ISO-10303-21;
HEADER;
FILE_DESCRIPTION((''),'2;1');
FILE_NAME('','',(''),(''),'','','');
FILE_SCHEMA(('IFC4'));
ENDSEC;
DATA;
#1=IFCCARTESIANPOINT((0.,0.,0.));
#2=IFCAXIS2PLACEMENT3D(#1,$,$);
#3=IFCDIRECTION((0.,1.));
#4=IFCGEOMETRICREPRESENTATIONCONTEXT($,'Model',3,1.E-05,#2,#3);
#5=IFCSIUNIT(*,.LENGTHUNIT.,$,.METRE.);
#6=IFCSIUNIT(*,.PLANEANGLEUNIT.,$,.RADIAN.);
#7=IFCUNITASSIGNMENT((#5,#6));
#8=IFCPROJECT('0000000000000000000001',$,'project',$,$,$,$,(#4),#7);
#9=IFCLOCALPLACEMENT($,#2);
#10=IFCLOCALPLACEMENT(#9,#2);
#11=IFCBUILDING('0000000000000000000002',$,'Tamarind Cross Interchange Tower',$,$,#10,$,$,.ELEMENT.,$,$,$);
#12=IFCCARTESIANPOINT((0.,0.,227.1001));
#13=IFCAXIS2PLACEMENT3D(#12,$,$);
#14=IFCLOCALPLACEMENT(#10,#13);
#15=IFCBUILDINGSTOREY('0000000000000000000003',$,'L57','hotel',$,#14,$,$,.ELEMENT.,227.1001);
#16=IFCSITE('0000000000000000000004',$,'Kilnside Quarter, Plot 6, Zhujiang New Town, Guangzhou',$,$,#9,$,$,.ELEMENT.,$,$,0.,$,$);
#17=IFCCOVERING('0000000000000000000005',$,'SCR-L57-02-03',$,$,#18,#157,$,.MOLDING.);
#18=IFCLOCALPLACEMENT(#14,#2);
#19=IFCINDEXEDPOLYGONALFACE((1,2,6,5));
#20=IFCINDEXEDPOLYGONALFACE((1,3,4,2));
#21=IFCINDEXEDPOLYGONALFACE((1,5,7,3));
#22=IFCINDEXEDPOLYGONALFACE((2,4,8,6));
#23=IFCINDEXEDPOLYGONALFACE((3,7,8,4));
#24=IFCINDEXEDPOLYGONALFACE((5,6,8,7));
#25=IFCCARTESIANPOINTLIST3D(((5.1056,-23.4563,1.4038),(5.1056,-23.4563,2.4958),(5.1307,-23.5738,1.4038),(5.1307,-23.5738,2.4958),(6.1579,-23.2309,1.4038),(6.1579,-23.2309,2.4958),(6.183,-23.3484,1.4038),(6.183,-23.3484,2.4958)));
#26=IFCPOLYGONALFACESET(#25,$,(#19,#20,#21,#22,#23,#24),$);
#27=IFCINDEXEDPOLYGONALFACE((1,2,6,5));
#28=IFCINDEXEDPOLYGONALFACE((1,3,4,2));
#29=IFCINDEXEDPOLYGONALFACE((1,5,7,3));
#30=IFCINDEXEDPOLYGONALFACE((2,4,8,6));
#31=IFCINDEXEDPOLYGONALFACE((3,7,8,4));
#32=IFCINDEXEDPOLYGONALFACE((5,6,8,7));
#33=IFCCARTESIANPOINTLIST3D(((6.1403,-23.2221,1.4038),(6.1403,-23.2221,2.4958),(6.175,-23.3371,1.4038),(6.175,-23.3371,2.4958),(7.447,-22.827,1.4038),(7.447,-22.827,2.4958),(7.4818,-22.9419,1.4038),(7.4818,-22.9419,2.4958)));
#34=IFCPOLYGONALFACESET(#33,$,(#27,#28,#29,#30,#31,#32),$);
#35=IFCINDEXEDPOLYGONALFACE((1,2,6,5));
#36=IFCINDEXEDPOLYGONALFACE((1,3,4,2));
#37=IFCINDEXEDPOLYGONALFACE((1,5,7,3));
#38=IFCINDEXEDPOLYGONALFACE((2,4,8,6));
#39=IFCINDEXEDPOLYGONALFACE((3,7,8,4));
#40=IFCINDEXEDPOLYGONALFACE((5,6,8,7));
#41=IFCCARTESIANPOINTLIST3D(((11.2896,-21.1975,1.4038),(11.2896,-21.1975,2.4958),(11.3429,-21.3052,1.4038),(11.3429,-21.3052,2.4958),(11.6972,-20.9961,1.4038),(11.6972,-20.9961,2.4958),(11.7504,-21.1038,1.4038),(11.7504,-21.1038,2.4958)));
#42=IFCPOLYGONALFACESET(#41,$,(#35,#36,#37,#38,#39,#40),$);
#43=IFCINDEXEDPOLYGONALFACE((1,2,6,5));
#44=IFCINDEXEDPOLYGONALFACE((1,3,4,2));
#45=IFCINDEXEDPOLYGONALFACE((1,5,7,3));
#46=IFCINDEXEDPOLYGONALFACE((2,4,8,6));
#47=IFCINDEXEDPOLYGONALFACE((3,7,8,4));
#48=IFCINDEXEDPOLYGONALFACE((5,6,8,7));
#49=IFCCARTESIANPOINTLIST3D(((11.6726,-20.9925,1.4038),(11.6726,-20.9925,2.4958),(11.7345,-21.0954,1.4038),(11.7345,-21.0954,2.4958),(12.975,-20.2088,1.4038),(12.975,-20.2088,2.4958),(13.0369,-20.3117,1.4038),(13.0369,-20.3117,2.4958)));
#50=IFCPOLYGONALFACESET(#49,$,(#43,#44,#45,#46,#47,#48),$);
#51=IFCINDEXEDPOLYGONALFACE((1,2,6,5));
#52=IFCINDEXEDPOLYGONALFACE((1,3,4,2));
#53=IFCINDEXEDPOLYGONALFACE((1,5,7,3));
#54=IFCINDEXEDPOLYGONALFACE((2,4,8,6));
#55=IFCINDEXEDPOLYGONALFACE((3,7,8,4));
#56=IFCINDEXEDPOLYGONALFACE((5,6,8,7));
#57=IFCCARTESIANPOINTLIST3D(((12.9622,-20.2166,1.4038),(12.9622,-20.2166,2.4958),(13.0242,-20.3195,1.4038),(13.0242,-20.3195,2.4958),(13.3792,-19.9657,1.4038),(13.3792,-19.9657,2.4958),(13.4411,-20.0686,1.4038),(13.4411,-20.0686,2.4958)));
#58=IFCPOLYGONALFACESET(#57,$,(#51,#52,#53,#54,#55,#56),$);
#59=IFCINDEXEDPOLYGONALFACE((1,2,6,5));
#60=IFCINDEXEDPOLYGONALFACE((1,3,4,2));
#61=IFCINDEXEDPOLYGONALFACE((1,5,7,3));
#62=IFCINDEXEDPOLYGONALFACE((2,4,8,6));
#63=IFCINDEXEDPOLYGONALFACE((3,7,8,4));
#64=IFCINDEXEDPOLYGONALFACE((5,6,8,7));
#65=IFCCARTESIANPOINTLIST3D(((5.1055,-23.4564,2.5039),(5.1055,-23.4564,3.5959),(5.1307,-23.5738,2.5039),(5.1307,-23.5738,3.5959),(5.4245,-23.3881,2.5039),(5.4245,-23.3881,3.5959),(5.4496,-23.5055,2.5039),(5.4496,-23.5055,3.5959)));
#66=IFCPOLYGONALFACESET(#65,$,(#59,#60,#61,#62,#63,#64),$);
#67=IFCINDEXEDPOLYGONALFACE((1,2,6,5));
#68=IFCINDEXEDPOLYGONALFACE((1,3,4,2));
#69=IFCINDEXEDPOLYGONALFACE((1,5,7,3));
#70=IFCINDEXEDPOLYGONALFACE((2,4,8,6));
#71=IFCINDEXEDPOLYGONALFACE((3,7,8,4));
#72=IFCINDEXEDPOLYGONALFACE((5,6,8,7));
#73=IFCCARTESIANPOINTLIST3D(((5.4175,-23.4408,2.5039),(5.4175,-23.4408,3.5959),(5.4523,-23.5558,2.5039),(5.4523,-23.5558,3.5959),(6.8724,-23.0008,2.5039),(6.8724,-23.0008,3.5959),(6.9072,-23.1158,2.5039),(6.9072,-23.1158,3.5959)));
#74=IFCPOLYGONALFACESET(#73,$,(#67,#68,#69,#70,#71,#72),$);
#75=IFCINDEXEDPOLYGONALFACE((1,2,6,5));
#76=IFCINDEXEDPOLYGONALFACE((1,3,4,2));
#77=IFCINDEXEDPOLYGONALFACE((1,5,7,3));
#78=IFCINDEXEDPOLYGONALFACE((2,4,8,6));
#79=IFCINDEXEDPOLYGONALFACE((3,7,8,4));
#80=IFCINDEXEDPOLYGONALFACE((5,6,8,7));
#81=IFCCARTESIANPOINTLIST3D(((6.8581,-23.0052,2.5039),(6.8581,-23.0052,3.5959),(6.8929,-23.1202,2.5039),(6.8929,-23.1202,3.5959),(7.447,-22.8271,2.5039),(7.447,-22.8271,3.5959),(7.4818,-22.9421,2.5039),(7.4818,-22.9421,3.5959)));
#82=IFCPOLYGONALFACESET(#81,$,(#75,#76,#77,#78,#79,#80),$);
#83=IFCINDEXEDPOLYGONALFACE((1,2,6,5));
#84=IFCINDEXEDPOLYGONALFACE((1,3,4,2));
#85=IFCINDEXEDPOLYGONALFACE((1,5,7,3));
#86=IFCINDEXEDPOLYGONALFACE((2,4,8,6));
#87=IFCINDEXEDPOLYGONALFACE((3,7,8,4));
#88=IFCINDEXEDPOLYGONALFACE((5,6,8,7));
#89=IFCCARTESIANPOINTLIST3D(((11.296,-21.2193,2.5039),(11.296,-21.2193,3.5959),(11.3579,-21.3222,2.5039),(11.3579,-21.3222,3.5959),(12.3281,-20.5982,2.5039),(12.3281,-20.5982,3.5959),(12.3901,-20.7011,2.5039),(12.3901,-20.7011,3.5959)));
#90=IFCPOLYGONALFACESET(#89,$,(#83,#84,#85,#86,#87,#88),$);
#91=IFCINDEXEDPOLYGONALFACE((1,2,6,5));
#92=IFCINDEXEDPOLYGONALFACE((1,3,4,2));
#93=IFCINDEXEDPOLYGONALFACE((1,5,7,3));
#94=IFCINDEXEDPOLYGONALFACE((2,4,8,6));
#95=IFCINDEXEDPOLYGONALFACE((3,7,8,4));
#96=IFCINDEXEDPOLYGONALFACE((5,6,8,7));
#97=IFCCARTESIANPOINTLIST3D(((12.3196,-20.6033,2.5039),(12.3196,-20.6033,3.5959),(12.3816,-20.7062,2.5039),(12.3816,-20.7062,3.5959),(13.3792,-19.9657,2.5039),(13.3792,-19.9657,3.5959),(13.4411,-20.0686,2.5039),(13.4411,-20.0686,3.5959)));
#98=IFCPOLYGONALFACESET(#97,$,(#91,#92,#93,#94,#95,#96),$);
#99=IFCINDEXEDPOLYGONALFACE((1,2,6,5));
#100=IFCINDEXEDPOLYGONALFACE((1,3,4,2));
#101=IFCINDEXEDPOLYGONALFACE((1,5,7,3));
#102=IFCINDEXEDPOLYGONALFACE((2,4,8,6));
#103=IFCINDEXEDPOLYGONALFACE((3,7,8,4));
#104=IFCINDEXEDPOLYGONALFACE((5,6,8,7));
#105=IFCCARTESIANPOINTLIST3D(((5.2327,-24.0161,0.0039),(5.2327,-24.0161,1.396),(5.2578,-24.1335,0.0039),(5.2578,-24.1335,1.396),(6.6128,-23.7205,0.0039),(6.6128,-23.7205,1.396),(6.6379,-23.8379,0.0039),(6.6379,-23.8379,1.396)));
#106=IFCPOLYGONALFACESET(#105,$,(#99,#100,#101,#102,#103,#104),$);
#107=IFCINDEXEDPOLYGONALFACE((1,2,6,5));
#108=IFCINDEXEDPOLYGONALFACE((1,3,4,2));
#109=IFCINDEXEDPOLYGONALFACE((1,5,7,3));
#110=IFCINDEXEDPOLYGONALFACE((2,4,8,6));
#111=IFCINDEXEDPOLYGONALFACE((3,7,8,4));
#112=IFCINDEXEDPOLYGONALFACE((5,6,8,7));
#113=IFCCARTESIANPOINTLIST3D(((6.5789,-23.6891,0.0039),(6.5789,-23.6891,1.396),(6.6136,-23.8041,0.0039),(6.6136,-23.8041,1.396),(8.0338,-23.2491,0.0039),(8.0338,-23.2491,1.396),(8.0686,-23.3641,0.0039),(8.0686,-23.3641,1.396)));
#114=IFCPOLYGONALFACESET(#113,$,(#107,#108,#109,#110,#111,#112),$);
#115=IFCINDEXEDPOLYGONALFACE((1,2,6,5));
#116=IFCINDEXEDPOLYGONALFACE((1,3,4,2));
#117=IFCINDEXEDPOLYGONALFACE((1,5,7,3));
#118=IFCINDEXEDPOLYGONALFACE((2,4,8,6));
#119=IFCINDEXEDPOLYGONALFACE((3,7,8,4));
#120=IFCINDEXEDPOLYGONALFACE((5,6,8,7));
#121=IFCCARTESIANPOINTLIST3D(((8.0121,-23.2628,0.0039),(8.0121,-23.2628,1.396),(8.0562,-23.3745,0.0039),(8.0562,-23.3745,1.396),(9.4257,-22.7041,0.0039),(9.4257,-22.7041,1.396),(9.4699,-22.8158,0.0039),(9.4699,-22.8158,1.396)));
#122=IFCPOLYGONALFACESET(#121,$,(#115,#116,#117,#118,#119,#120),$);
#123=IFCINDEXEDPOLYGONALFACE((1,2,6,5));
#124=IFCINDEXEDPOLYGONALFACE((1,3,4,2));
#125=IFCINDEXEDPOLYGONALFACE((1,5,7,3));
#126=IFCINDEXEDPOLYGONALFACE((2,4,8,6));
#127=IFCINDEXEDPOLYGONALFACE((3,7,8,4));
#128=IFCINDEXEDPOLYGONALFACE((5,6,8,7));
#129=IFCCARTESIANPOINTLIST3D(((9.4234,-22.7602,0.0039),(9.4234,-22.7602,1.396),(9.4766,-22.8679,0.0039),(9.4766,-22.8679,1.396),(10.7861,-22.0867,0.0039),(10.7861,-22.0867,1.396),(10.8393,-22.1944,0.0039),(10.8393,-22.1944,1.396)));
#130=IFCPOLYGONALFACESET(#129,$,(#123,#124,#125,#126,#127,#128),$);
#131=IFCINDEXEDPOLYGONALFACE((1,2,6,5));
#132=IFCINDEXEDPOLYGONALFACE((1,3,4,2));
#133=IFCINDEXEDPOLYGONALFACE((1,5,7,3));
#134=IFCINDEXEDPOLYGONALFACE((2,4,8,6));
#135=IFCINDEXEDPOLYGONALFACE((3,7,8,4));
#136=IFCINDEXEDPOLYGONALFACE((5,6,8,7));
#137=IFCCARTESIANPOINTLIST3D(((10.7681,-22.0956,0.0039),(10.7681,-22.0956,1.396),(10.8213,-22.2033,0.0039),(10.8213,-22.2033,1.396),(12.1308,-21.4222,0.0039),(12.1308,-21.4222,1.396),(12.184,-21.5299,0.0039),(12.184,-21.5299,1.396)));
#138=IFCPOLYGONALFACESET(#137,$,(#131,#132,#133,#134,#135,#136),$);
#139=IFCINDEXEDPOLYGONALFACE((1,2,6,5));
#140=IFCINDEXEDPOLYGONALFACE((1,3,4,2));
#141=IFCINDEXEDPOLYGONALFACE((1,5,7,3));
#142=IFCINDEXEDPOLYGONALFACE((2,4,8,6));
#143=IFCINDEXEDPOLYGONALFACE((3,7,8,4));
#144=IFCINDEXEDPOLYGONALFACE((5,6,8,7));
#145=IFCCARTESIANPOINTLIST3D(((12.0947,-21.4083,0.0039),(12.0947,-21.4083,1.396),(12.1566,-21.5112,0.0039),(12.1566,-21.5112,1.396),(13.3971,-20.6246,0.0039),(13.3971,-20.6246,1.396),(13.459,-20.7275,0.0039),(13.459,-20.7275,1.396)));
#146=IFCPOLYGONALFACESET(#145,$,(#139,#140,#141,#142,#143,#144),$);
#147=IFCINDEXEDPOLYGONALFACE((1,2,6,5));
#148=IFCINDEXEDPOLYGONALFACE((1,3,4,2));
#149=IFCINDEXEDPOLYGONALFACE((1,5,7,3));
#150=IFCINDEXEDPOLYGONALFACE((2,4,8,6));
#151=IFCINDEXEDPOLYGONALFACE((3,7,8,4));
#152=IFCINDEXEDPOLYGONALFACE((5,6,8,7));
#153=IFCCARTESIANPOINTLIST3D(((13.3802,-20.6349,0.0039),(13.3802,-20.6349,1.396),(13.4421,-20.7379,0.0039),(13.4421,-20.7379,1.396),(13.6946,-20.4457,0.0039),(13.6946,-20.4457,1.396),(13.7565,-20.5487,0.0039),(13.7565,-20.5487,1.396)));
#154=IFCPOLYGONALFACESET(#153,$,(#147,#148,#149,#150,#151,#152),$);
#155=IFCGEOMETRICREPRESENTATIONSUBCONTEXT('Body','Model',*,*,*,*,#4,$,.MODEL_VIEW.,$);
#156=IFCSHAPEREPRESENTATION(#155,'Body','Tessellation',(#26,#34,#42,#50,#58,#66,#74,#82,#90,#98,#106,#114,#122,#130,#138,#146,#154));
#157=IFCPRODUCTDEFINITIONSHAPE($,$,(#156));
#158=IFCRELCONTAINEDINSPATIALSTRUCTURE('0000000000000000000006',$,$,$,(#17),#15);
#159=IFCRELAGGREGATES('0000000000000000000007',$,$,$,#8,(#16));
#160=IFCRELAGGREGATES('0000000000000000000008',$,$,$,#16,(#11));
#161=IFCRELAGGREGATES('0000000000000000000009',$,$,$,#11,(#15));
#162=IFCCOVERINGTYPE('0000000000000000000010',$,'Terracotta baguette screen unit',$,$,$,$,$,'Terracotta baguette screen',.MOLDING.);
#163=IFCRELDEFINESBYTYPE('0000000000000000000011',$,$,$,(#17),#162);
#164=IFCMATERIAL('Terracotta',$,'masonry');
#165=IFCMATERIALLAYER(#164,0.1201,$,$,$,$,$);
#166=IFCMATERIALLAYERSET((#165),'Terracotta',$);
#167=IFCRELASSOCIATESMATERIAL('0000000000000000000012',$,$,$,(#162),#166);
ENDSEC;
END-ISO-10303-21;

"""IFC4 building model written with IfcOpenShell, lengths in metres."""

from ifc_helpers import new_model, si_unit, direction, frame, origin, origin_2d, place, context, subcontext, project, spatial, rectangle, extrude, material, layer, layer_set, type_object, element, save


model = new_model("IFC4")

# Units and contexts
model_context = context("Model", 3, precision=1e-05, world=origin(), true_north=direction((0.0, 1.0)))
body_context = subcontext(model_context, "Body", "Model", "MODEL_VIEW")
ifc_project = project(units=[si_unit("LENGTHUNIT", "METRE"), si_unit("PLANEANGLEUNIT", "RADIAN")], contexts=[model_context])

# Site, building, storey
site_placement = place(None, origin())
site = spatial("IfcSite", under=ifc_project, at=site_placement, Name="Kilnside Quarter, Plot 6, Zhujiang New Town, Guangzhou", CompositionType="ELEMENT", RefElevation=0.0)
building_placement = place(site_placement, origin())
building = spatial("IfcBuilding", under=site, at=building_placement, Name="Tamarind Cross Interchange Tower", CompositionType="ELEMENT")
storey_placement = place(building_placement, frame((0.0, 0.0, 227.1001)))
storey = spatial("IfcBuildingStorey", under=building, at=storey_placement, Name="L57", Description="hotel", CompositionType="ELEMENT", Elevation=227.1001)

# Covering
ifc_material_1 = material(Name="Terracotta", Category="masonry")
ifc_layer_1 = layer(ifc_material_1, 0.1201)
ifc_layer_set_1 = layer_set([ifc_layer_1], Name="Terracotta")
covering_type = type_object("IfcCoveringType", Name="Terracotta baguette screen unit", ElementType="Terracotta baguette screen", PredefinedType="MOLDING", material=ifc_layer_set_1)
covering_1_placement = place(storey_placement, origin())
element("IfcCovering", 1, at=covering_1_placement, inside=storey, type_object=covering_type, Name="SCR-L57-02-03", PredefinedType="MOLDING", context=body_context, shape_type="SweptSolid", body=[
    extrude(rectangle(XDim=1.0762, YDim=0.1201, at=origin_2d()), frame((5.6443, -23.4023, 1.4038), z_axis=(0.0, 0.0, 1.0), x_axis=(0.977825, 0.209425, 0.0)), (0.0, 0.0, 1.0), 1.092),
    extrude(rectangle(XDim=1.3652, YDim=0.1201, at=origin_2d()), frame((6.811, -23.082, 1.4038), z_axis=(0.0, 0.0, 1.0), x_axis=(0.957191, 0.289458, 0.0)), (0.0, 0.0, 1.0), 1.092),
    extrude(rectangle(XDim=0.4546, YDim=0.1201, at=origin_2d()), frame((11.52, -21.1506, 1.4038), z_axis=(0.0, 0.0, 1.0), x_axis=(0.896493, 0.443059, 0.0)), (0.0, 0.0, 1.0), 1.092),
    extrude(rectangle(XDim=1.52, YDim=0.1201, at=origin_2d()), frame((12.3547, -20.6521, 1.4038), z_axis=(0.0, 0.0, 1.0), x_axis=(0.856843, 0.515577, 0.0)), (0.0, 0.0, 1.0), 1.092),
    extrude(rectangle(XDim=0.4866, YDim=0.1201, at=origin_2d()), frame((13.2017, -20.1426, 1.4038), z_axis=(0.0, 0.0, 1.0), x_axis=(0.856843, 0.515577, 0.0)), (0.0, 0.0, 1.0), 1.092),
    extrude(rectangle(XDim=0.3262, YDim=0.1201, at=origin_2d()), frame((5.2776, -23.481, 2.5039), z_axis=(0.0, 0.0, 1.0), x_axis=(0.977825, 0.209425, 0.0)), (0.0, 0.0, 1.0), 1.092),
    extrude(rectangle(XDim=1.52, YDim=0.1201, at=origin_2d()), frame((6.1624, -23.2783, 2.5039), z_axis=(0.0, 0.0, 1.0), x_axis=(0.957191, 0.289458, 0.0)), (0.0, 0.0, 1.0), 1.092),
    extrude(rectangle(XDim=0.6152, YDim=0.1201, at=origin_2d()), frame((7.1699, -22.9736, 2.5039), z_axis=(0.0, 0.0, 1.0), x_axis=(0.957191, 0.289458, 0.0)), (0.0, 0.0, 1.0), 1.092),
    extrude(rectangle(XDim=1.2046, YDim=0.1201, at=origin_2d()), frame((11.843, -20.9602, 2.5039), z_axis=(0.0, 0.0, 1.0), x_axis=(0.856843, 0.515577, 0.0)), (0.0, 0.0, 1.0), 1.092),
    extrude(rectangle(XDim=1.2366, YDim=0.1201, at=origin_2d()), frame((12.8804, -20.3359, 2.5039), z_axis=(0.0, 0.0, 1.0), x_axis=(0.856843, 0.515577, 0.0)), (0.0, 0.0, 1.0), 1.092),
    extrude(rectangle(XDim=1.4114, YDim=0.1201, at=origin_2d()), frame((5.9353, -23.927, 0.0039), z_axis=(0.0, 0.0, 1.0), x_axis=(0.977825, 0.209425, 0.0)), (0.0, 0.0, 1.0), 1.3921),
    extrude(rectangle(XDim=1.52, YDim=0.1201, at=origin_2d()), frame((7.3237, -23.5266, 0.0039), z_axis=(0.0, 0.0, 1.0), x_axis=(0.957191, 0.289458, 0.0)), (0.0, 0.0, 1.0), 1.3921),
    extrude(rectangle(XDim=1.52, YDim=0.1201, at=origin_2d()), frame((8.741, -23.0393, 0.0039), z_axis=(0.0, 0.0, 1.0), x_axis=(0.930018, 0.367514, 0.0)), (0.0, 0.0, 1.0), 1.3921),
    extrude(rectangle(XDim=1.52, YDim=0.1201, at=origin_2d()), frame((10.1313, -22.4773, 0.0039), z_axis=(0.0, 0.0, 1.0), x_axis=(0.896493, 0.443059, 0.0)), (0.0, 0.0, 1.0), 1.3921),
    extrude(rectangle(XDim=1.52, YDim=0.1201, at=origin_2d()), frame((11.4761, -21.8127, 0.0039), z_axis=(0.0, 0.0, 1.0), x_axis=(0.896493, 0.443059, 0.0)), (0.0, 0.0, 1.0), 1.3921),
    extrude(rectangle(XDim=1.52, YDim=0.1201, at=origin_2d()), frame((12.7769, -21.0679, 0.0039), z_axis=(0.0, 0.0, 1.0), x_axis=(0.856843, 0.515577, 0.0)), (0.0, 0.0, 1.0), 1.3921),
    extrude(rectangle(XDim=0.3669, YDim=0.1201, at=origin_2d()), frame((13.5684, -20.5918, 0.0039), z_axis=(0.0, 0.0, 1.0), x_axis=(0.856843, 0.515577, 0.0)), (0.0, 0.0, 1.0), 1.3921),
])

save(model, "model.ifc")
